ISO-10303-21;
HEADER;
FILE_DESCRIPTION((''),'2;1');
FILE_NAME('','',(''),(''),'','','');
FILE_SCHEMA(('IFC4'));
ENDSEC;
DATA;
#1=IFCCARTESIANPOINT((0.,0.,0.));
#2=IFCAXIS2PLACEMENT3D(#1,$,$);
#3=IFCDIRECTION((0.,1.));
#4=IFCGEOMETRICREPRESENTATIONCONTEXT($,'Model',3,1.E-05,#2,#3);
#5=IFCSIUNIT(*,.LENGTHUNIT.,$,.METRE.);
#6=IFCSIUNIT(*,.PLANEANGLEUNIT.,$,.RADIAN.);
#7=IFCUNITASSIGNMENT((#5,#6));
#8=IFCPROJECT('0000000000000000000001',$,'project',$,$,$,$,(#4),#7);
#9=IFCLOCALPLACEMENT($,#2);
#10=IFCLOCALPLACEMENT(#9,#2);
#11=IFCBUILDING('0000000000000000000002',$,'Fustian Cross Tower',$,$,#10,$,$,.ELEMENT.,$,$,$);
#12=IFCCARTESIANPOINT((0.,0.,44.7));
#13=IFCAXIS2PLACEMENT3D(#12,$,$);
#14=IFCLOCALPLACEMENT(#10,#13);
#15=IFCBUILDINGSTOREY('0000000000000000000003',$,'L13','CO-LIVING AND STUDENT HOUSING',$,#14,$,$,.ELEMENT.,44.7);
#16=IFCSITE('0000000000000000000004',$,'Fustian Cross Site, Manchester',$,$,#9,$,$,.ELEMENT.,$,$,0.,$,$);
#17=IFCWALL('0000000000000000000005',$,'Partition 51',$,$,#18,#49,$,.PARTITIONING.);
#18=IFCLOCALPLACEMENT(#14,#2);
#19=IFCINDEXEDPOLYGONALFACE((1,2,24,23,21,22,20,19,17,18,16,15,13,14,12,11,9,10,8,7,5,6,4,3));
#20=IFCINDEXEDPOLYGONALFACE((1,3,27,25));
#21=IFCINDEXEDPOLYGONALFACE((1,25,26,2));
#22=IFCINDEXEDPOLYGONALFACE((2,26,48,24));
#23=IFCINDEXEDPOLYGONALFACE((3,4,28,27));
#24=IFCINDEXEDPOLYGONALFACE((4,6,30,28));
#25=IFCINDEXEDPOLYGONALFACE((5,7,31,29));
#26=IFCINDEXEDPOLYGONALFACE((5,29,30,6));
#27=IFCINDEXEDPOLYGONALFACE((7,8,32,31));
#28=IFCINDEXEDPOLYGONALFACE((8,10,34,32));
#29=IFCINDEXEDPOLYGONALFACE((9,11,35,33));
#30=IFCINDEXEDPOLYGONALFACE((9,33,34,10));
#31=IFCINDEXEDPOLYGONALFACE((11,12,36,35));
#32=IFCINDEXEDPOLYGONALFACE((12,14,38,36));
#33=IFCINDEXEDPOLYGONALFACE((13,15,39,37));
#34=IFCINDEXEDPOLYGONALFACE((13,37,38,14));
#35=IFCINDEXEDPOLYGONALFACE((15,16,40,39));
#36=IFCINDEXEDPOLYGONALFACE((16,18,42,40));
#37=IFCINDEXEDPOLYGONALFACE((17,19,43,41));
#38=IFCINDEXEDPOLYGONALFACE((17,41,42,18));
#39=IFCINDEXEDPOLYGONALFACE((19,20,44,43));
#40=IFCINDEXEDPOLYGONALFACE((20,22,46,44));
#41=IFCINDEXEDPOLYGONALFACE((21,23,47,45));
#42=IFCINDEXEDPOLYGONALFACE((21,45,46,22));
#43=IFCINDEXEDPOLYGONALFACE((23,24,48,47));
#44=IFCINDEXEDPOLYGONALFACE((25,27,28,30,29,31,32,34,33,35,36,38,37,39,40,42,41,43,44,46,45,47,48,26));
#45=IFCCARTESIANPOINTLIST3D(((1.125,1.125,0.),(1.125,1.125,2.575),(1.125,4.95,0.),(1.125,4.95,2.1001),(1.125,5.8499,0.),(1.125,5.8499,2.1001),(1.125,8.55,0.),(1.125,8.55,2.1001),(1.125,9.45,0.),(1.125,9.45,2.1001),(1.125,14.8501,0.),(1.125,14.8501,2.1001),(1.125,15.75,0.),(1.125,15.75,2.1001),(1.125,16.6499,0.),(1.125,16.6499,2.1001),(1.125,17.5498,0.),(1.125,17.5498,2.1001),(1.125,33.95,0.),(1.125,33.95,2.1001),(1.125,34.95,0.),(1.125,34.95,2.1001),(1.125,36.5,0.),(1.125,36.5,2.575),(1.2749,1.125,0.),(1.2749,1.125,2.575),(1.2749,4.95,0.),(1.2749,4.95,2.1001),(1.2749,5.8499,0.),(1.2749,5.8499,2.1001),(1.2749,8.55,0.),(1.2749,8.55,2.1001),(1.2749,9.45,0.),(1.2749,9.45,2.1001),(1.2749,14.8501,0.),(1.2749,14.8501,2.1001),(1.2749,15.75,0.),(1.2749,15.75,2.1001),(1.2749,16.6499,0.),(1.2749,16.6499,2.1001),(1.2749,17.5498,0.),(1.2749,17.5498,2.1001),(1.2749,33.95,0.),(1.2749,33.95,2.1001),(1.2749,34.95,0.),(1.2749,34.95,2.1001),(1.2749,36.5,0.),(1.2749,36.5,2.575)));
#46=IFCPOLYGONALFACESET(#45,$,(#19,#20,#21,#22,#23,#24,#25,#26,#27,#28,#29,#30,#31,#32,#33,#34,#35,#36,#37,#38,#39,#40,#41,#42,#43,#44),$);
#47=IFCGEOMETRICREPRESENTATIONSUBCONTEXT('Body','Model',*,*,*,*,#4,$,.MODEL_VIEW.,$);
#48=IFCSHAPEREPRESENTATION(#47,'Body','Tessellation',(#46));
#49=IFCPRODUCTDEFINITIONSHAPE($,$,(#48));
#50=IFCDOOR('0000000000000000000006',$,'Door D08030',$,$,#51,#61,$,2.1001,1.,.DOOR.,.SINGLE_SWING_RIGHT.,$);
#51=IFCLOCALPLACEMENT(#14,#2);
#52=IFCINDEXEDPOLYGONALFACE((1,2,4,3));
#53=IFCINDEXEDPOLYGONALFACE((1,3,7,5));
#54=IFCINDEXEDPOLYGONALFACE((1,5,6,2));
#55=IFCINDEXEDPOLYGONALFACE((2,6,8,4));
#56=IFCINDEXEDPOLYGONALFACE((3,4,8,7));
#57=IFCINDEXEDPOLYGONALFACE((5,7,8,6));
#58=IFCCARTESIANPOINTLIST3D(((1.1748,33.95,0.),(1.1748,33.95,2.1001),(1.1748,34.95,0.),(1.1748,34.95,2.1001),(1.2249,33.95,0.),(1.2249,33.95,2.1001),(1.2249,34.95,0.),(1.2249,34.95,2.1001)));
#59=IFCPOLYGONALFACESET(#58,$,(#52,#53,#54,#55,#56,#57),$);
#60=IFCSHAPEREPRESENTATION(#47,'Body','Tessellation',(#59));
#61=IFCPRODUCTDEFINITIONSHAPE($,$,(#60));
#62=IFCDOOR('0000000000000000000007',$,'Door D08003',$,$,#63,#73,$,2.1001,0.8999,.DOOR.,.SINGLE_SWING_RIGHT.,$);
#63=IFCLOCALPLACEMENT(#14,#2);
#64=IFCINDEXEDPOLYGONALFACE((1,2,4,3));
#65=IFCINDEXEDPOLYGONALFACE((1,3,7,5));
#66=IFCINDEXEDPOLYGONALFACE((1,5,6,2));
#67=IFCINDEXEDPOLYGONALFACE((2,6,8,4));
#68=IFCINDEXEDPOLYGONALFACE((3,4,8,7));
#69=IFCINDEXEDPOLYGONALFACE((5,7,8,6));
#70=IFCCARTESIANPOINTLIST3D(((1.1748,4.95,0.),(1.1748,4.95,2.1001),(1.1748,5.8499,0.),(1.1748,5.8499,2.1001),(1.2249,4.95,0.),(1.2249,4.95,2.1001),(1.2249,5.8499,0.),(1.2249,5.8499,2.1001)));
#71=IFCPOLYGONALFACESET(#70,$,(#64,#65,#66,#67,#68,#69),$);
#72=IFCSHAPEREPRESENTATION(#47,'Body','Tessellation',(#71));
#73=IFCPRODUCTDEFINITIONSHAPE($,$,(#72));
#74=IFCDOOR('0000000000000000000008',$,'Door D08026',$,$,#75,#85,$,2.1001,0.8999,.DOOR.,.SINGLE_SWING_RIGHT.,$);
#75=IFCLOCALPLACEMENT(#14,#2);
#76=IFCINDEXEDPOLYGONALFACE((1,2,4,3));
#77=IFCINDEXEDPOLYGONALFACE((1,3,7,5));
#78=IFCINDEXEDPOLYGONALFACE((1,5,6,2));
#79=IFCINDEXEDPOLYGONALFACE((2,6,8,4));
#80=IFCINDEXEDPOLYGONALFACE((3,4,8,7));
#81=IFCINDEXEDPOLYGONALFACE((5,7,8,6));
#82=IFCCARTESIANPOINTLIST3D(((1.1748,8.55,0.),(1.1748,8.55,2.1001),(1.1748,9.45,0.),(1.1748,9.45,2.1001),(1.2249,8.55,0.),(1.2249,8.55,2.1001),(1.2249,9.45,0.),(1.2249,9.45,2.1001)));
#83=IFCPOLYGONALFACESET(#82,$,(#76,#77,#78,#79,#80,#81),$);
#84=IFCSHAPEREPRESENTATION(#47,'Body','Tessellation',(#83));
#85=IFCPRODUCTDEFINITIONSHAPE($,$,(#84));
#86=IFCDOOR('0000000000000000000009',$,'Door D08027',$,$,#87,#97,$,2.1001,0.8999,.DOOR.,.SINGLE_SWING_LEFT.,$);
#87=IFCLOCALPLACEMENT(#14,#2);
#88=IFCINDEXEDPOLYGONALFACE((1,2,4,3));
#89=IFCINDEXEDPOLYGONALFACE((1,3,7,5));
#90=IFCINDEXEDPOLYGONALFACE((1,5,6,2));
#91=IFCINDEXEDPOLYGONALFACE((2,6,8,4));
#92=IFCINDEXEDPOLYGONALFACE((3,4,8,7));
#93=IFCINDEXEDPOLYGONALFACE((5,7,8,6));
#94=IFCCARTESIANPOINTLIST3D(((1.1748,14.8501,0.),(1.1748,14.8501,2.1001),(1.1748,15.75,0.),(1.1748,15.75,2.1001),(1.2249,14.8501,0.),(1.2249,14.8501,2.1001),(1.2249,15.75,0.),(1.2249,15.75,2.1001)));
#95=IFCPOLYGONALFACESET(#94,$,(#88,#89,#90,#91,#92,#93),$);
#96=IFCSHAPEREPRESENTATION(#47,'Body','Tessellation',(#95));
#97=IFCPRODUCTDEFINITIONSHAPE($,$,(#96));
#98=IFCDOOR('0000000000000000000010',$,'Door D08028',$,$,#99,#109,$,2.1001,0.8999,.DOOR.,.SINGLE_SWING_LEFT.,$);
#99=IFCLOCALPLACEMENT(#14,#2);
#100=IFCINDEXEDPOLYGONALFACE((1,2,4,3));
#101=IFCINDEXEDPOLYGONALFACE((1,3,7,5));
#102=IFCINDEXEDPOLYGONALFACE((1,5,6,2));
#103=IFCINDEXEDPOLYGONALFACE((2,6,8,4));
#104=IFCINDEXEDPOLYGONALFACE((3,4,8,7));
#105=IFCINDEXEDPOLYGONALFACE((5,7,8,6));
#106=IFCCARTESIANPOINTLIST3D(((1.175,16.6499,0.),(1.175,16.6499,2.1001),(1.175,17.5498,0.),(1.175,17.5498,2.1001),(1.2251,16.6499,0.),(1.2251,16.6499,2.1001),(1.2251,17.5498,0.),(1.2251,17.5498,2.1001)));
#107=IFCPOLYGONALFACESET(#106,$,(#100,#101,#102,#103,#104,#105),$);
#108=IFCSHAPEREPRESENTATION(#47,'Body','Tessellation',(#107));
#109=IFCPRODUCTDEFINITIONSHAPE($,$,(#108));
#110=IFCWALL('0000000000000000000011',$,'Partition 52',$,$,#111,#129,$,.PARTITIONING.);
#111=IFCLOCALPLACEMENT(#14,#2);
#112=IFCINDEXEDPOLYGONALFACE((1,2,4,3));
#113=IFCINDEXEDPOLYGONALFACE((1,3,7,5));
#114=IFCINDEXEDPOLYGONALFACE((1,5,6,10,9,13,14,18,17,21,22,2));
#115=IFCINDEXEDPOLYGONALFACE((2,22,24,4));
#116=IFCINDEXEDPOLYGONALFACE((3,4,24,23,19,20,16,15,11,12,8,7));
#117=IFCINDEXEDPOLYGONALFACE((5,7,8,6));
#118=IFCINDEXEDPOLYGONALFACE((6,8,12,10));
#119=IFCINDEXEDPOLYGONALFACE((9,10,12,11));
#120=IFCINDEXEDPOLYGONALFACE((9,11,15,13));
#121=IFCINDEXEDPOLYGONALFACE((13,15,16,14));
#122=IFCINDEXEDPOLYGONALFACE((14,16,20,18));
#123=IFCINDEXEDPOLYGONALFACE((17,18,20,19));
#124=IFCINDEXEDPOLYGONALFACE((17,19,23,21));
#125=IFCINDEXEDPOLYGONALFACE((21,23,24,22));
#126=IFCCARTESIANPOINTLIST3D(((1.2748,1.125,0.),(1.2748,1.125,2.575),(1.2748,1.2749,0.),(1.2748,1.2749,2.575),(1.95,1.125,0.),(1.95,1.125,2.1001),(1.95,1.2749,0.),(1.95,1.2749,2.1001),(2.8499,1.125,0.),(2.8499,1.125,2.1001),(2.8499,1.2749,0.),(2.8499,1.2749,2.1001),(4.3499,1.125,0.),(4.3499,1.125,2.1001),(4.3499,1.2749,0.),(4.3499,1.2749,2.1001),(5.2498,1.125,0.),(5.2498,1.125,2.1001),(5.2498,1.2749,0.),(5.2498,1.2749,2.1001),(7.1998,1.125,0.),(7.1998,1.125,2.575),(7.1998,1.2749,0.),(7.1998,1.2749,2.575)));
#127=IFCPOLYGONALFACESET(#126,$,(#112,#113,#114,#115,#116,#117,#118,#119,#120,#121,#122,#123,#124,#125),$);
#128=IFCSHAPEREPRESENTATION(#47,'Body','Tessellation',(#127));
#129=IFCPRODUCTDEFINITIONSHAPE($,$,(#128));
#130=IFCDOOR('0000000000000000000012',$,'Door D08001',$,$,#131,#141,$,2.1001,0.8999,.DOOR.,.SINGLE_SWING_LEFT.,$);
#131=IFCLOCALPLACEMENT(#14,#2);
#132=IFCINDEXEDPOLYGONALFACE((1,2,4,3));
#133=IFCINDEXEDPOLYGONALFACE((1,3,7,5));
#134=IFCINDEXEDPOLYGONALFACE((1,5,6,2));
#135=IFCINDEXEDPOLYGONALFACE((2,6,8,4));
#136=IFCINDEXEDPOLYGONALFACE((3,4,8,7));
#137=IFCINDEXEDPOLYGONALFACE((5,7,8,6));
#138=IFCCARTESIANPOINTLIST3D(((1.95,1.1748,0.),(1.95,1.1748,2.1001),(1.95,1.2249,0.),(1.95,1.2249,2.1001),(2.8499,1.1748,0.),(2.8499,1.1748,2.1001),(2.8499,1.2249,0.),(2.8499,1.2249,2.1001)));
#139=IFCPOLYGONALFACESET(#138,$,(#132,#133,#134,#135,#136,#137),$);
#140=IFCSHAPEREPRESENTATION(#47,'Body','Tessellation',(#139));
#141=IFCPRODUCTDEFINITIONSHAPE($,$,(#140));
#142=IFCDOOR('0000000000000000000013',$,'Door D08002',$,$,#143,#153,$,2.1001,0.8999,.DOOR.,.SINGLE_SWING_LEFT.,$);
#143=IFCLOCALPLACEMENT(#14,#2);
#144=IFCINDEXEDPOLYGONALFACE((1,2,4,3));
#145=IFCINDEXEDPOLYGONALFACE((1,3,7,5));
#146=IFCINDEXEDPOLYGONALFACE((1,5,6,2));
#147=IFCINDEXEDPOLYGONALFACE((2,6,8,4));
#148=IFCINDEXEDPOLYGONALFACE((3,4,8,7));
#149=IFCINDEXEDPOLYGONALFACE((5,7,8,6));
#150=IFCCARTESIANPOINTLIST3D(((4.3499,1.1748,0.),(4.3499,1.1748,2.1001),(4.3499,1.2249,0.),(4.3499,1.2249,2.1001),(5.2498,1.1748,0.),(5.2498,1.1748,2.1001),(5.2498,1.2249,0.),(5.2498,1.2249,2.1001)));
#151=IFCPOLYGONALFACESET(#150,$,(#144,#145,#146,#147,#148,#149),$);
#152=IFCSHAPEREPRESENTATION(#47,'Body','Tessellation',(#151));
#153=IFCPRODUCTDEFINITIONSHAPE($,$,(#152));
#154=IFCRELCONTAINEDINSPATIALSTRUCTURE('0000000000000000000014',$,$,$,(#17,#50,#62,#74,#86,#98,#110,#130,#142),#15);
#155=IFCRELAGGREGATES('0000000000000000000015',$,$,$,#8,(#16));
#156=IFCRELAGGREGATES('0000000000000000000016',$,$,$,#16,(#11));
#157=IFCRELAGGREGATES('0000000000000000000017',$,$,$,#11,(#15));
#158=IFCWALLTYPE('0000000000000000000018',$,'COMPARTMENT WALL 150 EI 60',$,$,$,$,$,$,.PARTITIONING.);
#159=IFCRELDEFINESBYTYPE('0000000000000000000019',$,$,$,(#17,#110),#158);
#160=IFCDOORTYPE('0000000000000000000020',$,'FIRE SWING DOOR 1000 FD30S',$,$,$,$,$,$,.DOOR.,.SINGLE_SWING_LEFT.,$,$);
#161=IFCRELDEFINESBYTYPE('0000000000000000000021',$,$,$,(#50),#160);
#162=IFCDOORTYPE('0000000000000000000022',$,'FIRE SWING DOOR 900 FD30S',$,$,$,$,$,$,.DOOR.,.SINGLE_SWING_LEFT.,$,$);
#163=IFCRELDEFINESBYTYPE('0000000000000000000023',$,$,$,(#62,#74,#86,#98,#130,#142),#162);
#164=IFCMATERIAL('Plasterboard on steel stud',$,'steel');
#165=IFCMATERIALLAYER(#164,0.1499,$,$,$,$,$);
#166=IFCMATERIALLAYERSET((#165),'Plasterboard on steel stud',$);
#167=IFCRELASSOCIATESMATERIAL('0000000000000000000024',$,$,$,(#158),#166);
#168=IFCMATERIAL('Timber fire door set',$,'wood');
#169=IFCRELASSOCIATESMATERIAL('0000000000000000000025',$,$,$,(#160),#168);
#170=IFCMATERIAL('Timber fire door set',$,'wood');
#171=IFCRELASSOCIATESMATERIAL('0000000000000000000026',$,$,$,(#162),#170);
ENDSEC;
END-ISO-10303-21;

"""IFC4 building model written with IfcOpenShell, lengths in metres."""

from ifc_helpers import new_model, si_unit, direction, frame, frame_2d, origin, place, context, subcontext, project, spatial, rectangle, extrude, material, layer, layer_set, type_object, element, fill, save


model = new_model("IFC4")

# Units and contexts
model_context = context("Model", 3, precision=1e-05, world=origin(), true_north=direction((0.0, 1.0)))
body_context = subcontext(model_context, "Body", "Model", "MODEL_VIEW")
ifc_project = project(units=[si_unit("LENGTHUNIT", "METRE"), si_unit("PLANEANGLEUNIT", "RADIAN")], contexts=[model_context])

# Site, building, storey
site_placement = place(None, origin())
site = spatial("IfcSite", under=ifc_project, at=site_placement, Name="Fustian Cross Site, Manchester", CompositionType="ELEMENT", RefElevation=0.0)
building_placement = place(site_placement, origin())
building = spatial("IfcBuilding", under=site, at=building_placement, Name="Fustian Cross Tower", CompositionType="ELEMENT")
storey_placement = place(building_placement, frame((0.0, 0.0, 44.7)))
storey = spatial("IfcBuildingStorey", under=building, at=storey_placement, Name="L13", Description="CO-LIVING AND STUDENT HOUSING", CompositionType="ELEMENT", Elevation=44.7)

# Walls, openings, doors
ifc_material_1 = material(Name="Plasterboard on steel stud", Category="steel")
ifc_layer_1 = layer(ifc_material_1, 0.1499)
ifc_layer_set_1 = layer_set([ifc_layer_1], Name="Plasterboard on steel stud")
wall_type_1 = type_object("IfcWallType", Name="COMPARTMENT WALL 150 EI 60", PredefinedType="PARTITIONING", material=ifc_layer_set_1)
wall_1_placement = place(storey_placement, frame((1.2, 1.125, 0.0), z_axis=(0.0, 0.0, 1.0), x_axis=(0.0, 1.0, 0.0)))
wall_1 = element("IfcWall", 1, at=wall_1_placement, inside=storey, type_object=wall_type_1, Name="Partition 51", PredefinedType="PARTITIONING", context=body_context, shape_type="SweptSolid", body=[
    extrude(rectangle(XDim=35.375, YDim=0.1499, at=frame_2d((17.6875, 0.0))), origin(), (0.0, 0.0, 1.0), 2.575),
])
opening_1_placement = place(wall_1_placement, frame((3.825, 0.0, 0.0)))
opening_1 = element("IfcOpeningElement", 2, at=opening_1_placement, cuts=wall_1, PredefinedType="OPENING", context=body_context, shape_type="SweptSolid", body=[
    extrude(rectangle(XDim=0.8999, YDim=2.1001, at=frame_2d((0.45, 1.05))), frame((0.0, 0.085, 0.0), z_axis=(0.0, -1.0, 0.0), x_axis=(1.0, 0.0, 0.0)), (0.0, 0.0, 1.0), 0.1699),
])
opening_2_placement = place(wall_1_placement, frame((7.425, 0.0, 0.0)))
opening_2 = element("IfcOpeningElement", 3, at=opening_2_placement, cuts=wall_1, PredefinedType="OPENING", context=body_context, shape_type="SweptSolid", body=[
    extrude(rectangle(XDim=0.8999, YDim=2.1001, at=frame_2d((0.45, 1.05))), frame((0.0, 0.085, 0.0), z_axis=(0.0, -1.0, 0.0), x_axis=(1.0, 0.0, 0.0)), (0.0, 0.0, 1.0), 0.1699),
])
opening_3_placement = place(wall_1_placement, frame((13.7251, 0.0, 0.0)))
opening_3 = element("IfcOpeningElement", 4, at=opening_3_placement, cuts=wall_1, PredefinedType="OPENING", context=body_context, shape_type="SweptSolid", body=[
    extrude(rectangle(XDim=0.8999, YDim=2.1001, at=frame_2d((0.45, 1.05))), frame((0.0, 0.085, 0.0), z_axis=(0.0, -1.0, 0.0), x_axis=(1.0, 0.0, 0.0)), (0.0, 0.0, 1.0), 0.1699),
])
opening_4_placement = place(wall_1_placement, frame((15.5249, 0.0, 0.0)))
opening_4 = element("IfcOpeningElement", 5, at=opening_4_placement, cuts=wall_1, PredefinedType="OPENING", context=body_context, shape_type="SweptSolid", body=[
    extrude(rectangle(XDim=0.8999, YDim=2.1001, at=frame_2d((0.45, 1.05))), frame((0.0, 0.085, 0.0), z_axis=(0.0, -1.0, 0.0), x_axis=(1.0, 0.0, 0.0)), (0.0, 0.0, 1.0), 0.1699),
])
opening_5_placement = place(wall_1_placement, frame((32.825, 0.0, 0.0)))
opening_5 = element("IfcOpeningElement", 6, at=opening_5_placement, cuts=wall_1, PredefinedType="OPENING", context=body_context, shape_type="SweptSolid", body=[
    extrude(rectangle(XDim=1.0, YDim=2.1001, at=frame_2d((0.5, 1.05))), frame((0.0, 0.085, 0.0), z_axis=(0.0, -1.0, 0.0), x_axis=(1.0, 0.0, 0.0)), (0.0, 0.0, 1.0), 0.1699),
])
ifc_material_2 = material(Name="Timber fire door set", Category="wood")
door_type_1 = type_object("IfcDoorType", Name="FIRE SWING DOOR 1000 FD30S", OperationType="SINGLE_SWING_LEFT", PredefinedType="DOOR", material=ifc_material_2)
door_1_placement = place(opening_5_placement, frame((1.0, 0.0, 0.0), z_axis=(0.0, 0.0, 1.0), x_axis=(-1.0, 0.0, 0.0)))
door_1 = element("IfcDoor", 7, at=door_1_placement, inside=storey, type_object=door_type_1, Name="Door D08030", OperationType="SINGLE_SWING_RIGHT", OverallHeight=2.1001, OverallWidth=1.0, PredefinedType="DOOR", context=body_context, shape_type="SweptSolid", body=[
    extrude(rectangle(XDim=1.0, YDim=2.1001, at=frame_2d((0.5, 1.05))), frame((0.0, 0.0249, 0.0), z_axis=(0.0, -1.0, 0.0), x_axis=(1.0, 0.0, 0.0)), (0.0, 0.0, 1.0), 0.05),
])
fill(opening_5, door_1)
ifc_material_3 = material(Name="Timber fire door set", Category="wood")
door_type_2 = type_object("IfcDoorType", Name="FIRE SWING DOOR 900 FD30S", OperationType="SINGLE_SWING_LEFT", PredefinedType="DOOR", material=ifc_material_3)
door_2_placement = place(opening_1_placement, frame((0.8999, 0.0, 0.0), z_axis=(0.0, 0.0, 1.0), x_axis=(-1.0, 0.0, 0.0)))
door_2 = element("IfcDoor", 8, at=door_2_placement, inside=storey, type_object=door_type_2, Name="Door D08003", OperationType="SINGLE_SWING_RIGHT", OverallHeight=2.1001, OverallWidth=0.8999, PredefinedType="DOOR", context=body_context, shape_type="SweptSolid", body=[
    extrude(rectangle(XDim=0.8999, YDim=2.1001, at=frame_2d((0.45, 1.05))), frame((0.0, 0.0249, 0.0), z_axis=(0.0, -1.0, 0.0), x_axis=(1.0, 0.0, 0.0)), (0.0, 0.0, 1.0), 0.05),
])
fill(opening_1, door_2)
door_3_placement = place(opening_2_placement, frame((0.8999, 0.0, 0.0), z_axis=(0.0, 0.0, 1.0), x_axis=(-1.0, 0.0, 0.0)))
door_3 = element("IfcDoor", 9, at=door_3_placement, inside=storey, type_object=door_type_2, Name="Door D08026", OperationType="SINGLE_SWING_RIGHT", OverallHeight=2.1001, OverallWidth=0.8999, PredefinedType="DOOR", context=body_context, shape_type="SweptSolid", body=[
    extrude(rectangle(XDim=0.8999, YDim=2.1001, at=frame_2d((0.45, 1.05))), frame((0.0, 0.0249, 0.0), z_axis=(0.0, -1.0, 0.0), x_axis=(1.0, 0.0, 0.0)), (0.0, 0.0, 1.0), 0.05),
])
fill(opening_2, door_3)
door_4_placement = place(opening_3_placement, frame((0.8999, 0.0, 0.0), z_axis=(0.0, 0.0, 1.0), x_axis=(-1.0, 0.0, 0.0)))
door_4 = element("IfcDoor", 10, at=door_4_placement, inside=storey, type_object=door_type_2, Name="Door D08027", OperationType="SINGLE_SWING_LEFT", OverallHeight=2.1001, OverallWidth=0.8999, PredefinedType="DOOR", context=body_context, shape_type="SweptSolid", body=[
    extrude(rectangle(XDim=0.8999, YDim=2.1001, at=frame_2d((0.45, 1.05))), frame((0.0, 0.0249, 0.0), z_axis=(0.0, -1.0, 0.0), x_axis=(1.0, 0.0, 0.0)), (0.0, 0.0, 1.0), 0.05),
])
fill(opening_3, door_4)
door_5_placement = place(opening_4_placement, origin())
door_5 = element("IfcDoor", 11, at=door_5_placement, inside=storey, type_object=door_type_2, Name="Door D08028", OperationType="SINGLE_SWING_LEFT", OverallHeight=2.1001, OverallWidth=0.8999, PredefinedType="DOOR", context=body_context, shape_type="SweptSolid", body=[
    extrude(rectangle(XDim=0.8999, YDim=2.1001, at=frame_2d((0.45, 1.05))), frame((0.0, 0.0249, 0.0), z_axis=(0.0, -1.0, 0.0), x_axis=(1.0, 0.0, 0.0)), (0.0, 0.0, 1.0), 0.05),
])
fill(opening_4, door_5)
wall_2_placement = place(storey_placement, frame((1.2749, 1.2, 0.0), z_axis=(0.0, 0.0, 1.0), x_axis=(1.0, 0.0, 0.0)))
wall_2 = element("IfcWall", 12, at=wall_2_placement, inside=storey, type_object=wall_type_1, Name="Partition 52", PredefinedType="PARTITIONING", context=body_context, shape_type="SweptSolid", body=[
    extrude(rectangle(XDim=5.925, YDim=0.1499, at=frame_2d((2.9624, 0.0))), origin(), (0.0, 0.0, 1.0), 2.575),
])
opening_6_placement = place(wall_2_placement, frame((0.675, 0.0, 0.0)))
opening_6 = element("IfcOpeningElement", 13, at=opening_6_placement, cuts=wall_2, PredefinedType="OPENING", context=body_context, shape_type="SweptSolid", body=[
    extrude(rectangle(XDim=0.8999, YDim=2.1001, at=frame_2d((0.45, 1.05))), frame((0.0, 0.085, 0.0), z_axis=(0.0, -1.0, 0.0), x_axis=(1.0, 0.0, 0.0)), (0.0, 0.0, 1.0), 0.1699),
])
opening_7_placement = place(wall_2_placement, frame((3.075, 0.0, 0.0)))
opening_7 = element("IfcOpeningElement", 14, at=opening_7_placement, cuts=wall_2, PredefinedType="OPENING", context=body_context, shape_type="SweptSolid", body=[
    extrude(rectangle(XDim=0.8999, YDim=2.1001, at=frame_2d((0.45, 1.05))), frame((0.0, 0.085, 0.0), z_axis=(0.0, -1.0, 0.0), x_axis=(1.0, 0.0, 0.0)), (0.0, 0.0, 1.0), 0.1699),
])
door_6_placement = place(opening_6_placement, origin())
door_6 = element("IfcDoor", 15, at=door_6_placement, inside=storey, type_object=door_type_2, Name="Door D08001", OperationType="SINGLE_SWING_LEFT", OverallHeight=2.1001, OverallWidth=0.8999, PredefinedType="DOOR", context=body_context, shape_type="SweptSolid", body=[
    extrude(rectangle(XDim=0.8999, YDim=2.1001, at=frame_2d((0.45, 1.05))), frame((0.0, 0.0249, 0.0), z_axis=(0.0, -1.0, 0.0), x_axis=(1.0, 0.0, 0.0)), (0.0, 0.0, 1.0), 0.05),
])
fill(opening_6, door_6)
door_7_placement = place(opening_7_placement, origin())
door_7 = element("IfcDoor", 16, at=door_7_placement, inside=storey, type_object=door_type_2, Name="Door D08002", OperationType="SINGLE_SWING_LEFT", OverallHeight=2.1001, OverallWidth=0.8999, PredefinedType="DOOR", context=body_context, shape_type="SweptSolid", body=[
    extrude(rectangle(XDim=0.8999, YDim=2.1001, at=frame_2d((0.45, 1.05))), frame((0.0, 0.0249, 0.0), z_axis=(0.0, -1.0, 0.0), x_axis=(1.0, 0.0, 0.0)), (0.0, 0.0, 1.0), 0.05),
])
fill(opening_7, door_7)

save(model, "model.ifc")
